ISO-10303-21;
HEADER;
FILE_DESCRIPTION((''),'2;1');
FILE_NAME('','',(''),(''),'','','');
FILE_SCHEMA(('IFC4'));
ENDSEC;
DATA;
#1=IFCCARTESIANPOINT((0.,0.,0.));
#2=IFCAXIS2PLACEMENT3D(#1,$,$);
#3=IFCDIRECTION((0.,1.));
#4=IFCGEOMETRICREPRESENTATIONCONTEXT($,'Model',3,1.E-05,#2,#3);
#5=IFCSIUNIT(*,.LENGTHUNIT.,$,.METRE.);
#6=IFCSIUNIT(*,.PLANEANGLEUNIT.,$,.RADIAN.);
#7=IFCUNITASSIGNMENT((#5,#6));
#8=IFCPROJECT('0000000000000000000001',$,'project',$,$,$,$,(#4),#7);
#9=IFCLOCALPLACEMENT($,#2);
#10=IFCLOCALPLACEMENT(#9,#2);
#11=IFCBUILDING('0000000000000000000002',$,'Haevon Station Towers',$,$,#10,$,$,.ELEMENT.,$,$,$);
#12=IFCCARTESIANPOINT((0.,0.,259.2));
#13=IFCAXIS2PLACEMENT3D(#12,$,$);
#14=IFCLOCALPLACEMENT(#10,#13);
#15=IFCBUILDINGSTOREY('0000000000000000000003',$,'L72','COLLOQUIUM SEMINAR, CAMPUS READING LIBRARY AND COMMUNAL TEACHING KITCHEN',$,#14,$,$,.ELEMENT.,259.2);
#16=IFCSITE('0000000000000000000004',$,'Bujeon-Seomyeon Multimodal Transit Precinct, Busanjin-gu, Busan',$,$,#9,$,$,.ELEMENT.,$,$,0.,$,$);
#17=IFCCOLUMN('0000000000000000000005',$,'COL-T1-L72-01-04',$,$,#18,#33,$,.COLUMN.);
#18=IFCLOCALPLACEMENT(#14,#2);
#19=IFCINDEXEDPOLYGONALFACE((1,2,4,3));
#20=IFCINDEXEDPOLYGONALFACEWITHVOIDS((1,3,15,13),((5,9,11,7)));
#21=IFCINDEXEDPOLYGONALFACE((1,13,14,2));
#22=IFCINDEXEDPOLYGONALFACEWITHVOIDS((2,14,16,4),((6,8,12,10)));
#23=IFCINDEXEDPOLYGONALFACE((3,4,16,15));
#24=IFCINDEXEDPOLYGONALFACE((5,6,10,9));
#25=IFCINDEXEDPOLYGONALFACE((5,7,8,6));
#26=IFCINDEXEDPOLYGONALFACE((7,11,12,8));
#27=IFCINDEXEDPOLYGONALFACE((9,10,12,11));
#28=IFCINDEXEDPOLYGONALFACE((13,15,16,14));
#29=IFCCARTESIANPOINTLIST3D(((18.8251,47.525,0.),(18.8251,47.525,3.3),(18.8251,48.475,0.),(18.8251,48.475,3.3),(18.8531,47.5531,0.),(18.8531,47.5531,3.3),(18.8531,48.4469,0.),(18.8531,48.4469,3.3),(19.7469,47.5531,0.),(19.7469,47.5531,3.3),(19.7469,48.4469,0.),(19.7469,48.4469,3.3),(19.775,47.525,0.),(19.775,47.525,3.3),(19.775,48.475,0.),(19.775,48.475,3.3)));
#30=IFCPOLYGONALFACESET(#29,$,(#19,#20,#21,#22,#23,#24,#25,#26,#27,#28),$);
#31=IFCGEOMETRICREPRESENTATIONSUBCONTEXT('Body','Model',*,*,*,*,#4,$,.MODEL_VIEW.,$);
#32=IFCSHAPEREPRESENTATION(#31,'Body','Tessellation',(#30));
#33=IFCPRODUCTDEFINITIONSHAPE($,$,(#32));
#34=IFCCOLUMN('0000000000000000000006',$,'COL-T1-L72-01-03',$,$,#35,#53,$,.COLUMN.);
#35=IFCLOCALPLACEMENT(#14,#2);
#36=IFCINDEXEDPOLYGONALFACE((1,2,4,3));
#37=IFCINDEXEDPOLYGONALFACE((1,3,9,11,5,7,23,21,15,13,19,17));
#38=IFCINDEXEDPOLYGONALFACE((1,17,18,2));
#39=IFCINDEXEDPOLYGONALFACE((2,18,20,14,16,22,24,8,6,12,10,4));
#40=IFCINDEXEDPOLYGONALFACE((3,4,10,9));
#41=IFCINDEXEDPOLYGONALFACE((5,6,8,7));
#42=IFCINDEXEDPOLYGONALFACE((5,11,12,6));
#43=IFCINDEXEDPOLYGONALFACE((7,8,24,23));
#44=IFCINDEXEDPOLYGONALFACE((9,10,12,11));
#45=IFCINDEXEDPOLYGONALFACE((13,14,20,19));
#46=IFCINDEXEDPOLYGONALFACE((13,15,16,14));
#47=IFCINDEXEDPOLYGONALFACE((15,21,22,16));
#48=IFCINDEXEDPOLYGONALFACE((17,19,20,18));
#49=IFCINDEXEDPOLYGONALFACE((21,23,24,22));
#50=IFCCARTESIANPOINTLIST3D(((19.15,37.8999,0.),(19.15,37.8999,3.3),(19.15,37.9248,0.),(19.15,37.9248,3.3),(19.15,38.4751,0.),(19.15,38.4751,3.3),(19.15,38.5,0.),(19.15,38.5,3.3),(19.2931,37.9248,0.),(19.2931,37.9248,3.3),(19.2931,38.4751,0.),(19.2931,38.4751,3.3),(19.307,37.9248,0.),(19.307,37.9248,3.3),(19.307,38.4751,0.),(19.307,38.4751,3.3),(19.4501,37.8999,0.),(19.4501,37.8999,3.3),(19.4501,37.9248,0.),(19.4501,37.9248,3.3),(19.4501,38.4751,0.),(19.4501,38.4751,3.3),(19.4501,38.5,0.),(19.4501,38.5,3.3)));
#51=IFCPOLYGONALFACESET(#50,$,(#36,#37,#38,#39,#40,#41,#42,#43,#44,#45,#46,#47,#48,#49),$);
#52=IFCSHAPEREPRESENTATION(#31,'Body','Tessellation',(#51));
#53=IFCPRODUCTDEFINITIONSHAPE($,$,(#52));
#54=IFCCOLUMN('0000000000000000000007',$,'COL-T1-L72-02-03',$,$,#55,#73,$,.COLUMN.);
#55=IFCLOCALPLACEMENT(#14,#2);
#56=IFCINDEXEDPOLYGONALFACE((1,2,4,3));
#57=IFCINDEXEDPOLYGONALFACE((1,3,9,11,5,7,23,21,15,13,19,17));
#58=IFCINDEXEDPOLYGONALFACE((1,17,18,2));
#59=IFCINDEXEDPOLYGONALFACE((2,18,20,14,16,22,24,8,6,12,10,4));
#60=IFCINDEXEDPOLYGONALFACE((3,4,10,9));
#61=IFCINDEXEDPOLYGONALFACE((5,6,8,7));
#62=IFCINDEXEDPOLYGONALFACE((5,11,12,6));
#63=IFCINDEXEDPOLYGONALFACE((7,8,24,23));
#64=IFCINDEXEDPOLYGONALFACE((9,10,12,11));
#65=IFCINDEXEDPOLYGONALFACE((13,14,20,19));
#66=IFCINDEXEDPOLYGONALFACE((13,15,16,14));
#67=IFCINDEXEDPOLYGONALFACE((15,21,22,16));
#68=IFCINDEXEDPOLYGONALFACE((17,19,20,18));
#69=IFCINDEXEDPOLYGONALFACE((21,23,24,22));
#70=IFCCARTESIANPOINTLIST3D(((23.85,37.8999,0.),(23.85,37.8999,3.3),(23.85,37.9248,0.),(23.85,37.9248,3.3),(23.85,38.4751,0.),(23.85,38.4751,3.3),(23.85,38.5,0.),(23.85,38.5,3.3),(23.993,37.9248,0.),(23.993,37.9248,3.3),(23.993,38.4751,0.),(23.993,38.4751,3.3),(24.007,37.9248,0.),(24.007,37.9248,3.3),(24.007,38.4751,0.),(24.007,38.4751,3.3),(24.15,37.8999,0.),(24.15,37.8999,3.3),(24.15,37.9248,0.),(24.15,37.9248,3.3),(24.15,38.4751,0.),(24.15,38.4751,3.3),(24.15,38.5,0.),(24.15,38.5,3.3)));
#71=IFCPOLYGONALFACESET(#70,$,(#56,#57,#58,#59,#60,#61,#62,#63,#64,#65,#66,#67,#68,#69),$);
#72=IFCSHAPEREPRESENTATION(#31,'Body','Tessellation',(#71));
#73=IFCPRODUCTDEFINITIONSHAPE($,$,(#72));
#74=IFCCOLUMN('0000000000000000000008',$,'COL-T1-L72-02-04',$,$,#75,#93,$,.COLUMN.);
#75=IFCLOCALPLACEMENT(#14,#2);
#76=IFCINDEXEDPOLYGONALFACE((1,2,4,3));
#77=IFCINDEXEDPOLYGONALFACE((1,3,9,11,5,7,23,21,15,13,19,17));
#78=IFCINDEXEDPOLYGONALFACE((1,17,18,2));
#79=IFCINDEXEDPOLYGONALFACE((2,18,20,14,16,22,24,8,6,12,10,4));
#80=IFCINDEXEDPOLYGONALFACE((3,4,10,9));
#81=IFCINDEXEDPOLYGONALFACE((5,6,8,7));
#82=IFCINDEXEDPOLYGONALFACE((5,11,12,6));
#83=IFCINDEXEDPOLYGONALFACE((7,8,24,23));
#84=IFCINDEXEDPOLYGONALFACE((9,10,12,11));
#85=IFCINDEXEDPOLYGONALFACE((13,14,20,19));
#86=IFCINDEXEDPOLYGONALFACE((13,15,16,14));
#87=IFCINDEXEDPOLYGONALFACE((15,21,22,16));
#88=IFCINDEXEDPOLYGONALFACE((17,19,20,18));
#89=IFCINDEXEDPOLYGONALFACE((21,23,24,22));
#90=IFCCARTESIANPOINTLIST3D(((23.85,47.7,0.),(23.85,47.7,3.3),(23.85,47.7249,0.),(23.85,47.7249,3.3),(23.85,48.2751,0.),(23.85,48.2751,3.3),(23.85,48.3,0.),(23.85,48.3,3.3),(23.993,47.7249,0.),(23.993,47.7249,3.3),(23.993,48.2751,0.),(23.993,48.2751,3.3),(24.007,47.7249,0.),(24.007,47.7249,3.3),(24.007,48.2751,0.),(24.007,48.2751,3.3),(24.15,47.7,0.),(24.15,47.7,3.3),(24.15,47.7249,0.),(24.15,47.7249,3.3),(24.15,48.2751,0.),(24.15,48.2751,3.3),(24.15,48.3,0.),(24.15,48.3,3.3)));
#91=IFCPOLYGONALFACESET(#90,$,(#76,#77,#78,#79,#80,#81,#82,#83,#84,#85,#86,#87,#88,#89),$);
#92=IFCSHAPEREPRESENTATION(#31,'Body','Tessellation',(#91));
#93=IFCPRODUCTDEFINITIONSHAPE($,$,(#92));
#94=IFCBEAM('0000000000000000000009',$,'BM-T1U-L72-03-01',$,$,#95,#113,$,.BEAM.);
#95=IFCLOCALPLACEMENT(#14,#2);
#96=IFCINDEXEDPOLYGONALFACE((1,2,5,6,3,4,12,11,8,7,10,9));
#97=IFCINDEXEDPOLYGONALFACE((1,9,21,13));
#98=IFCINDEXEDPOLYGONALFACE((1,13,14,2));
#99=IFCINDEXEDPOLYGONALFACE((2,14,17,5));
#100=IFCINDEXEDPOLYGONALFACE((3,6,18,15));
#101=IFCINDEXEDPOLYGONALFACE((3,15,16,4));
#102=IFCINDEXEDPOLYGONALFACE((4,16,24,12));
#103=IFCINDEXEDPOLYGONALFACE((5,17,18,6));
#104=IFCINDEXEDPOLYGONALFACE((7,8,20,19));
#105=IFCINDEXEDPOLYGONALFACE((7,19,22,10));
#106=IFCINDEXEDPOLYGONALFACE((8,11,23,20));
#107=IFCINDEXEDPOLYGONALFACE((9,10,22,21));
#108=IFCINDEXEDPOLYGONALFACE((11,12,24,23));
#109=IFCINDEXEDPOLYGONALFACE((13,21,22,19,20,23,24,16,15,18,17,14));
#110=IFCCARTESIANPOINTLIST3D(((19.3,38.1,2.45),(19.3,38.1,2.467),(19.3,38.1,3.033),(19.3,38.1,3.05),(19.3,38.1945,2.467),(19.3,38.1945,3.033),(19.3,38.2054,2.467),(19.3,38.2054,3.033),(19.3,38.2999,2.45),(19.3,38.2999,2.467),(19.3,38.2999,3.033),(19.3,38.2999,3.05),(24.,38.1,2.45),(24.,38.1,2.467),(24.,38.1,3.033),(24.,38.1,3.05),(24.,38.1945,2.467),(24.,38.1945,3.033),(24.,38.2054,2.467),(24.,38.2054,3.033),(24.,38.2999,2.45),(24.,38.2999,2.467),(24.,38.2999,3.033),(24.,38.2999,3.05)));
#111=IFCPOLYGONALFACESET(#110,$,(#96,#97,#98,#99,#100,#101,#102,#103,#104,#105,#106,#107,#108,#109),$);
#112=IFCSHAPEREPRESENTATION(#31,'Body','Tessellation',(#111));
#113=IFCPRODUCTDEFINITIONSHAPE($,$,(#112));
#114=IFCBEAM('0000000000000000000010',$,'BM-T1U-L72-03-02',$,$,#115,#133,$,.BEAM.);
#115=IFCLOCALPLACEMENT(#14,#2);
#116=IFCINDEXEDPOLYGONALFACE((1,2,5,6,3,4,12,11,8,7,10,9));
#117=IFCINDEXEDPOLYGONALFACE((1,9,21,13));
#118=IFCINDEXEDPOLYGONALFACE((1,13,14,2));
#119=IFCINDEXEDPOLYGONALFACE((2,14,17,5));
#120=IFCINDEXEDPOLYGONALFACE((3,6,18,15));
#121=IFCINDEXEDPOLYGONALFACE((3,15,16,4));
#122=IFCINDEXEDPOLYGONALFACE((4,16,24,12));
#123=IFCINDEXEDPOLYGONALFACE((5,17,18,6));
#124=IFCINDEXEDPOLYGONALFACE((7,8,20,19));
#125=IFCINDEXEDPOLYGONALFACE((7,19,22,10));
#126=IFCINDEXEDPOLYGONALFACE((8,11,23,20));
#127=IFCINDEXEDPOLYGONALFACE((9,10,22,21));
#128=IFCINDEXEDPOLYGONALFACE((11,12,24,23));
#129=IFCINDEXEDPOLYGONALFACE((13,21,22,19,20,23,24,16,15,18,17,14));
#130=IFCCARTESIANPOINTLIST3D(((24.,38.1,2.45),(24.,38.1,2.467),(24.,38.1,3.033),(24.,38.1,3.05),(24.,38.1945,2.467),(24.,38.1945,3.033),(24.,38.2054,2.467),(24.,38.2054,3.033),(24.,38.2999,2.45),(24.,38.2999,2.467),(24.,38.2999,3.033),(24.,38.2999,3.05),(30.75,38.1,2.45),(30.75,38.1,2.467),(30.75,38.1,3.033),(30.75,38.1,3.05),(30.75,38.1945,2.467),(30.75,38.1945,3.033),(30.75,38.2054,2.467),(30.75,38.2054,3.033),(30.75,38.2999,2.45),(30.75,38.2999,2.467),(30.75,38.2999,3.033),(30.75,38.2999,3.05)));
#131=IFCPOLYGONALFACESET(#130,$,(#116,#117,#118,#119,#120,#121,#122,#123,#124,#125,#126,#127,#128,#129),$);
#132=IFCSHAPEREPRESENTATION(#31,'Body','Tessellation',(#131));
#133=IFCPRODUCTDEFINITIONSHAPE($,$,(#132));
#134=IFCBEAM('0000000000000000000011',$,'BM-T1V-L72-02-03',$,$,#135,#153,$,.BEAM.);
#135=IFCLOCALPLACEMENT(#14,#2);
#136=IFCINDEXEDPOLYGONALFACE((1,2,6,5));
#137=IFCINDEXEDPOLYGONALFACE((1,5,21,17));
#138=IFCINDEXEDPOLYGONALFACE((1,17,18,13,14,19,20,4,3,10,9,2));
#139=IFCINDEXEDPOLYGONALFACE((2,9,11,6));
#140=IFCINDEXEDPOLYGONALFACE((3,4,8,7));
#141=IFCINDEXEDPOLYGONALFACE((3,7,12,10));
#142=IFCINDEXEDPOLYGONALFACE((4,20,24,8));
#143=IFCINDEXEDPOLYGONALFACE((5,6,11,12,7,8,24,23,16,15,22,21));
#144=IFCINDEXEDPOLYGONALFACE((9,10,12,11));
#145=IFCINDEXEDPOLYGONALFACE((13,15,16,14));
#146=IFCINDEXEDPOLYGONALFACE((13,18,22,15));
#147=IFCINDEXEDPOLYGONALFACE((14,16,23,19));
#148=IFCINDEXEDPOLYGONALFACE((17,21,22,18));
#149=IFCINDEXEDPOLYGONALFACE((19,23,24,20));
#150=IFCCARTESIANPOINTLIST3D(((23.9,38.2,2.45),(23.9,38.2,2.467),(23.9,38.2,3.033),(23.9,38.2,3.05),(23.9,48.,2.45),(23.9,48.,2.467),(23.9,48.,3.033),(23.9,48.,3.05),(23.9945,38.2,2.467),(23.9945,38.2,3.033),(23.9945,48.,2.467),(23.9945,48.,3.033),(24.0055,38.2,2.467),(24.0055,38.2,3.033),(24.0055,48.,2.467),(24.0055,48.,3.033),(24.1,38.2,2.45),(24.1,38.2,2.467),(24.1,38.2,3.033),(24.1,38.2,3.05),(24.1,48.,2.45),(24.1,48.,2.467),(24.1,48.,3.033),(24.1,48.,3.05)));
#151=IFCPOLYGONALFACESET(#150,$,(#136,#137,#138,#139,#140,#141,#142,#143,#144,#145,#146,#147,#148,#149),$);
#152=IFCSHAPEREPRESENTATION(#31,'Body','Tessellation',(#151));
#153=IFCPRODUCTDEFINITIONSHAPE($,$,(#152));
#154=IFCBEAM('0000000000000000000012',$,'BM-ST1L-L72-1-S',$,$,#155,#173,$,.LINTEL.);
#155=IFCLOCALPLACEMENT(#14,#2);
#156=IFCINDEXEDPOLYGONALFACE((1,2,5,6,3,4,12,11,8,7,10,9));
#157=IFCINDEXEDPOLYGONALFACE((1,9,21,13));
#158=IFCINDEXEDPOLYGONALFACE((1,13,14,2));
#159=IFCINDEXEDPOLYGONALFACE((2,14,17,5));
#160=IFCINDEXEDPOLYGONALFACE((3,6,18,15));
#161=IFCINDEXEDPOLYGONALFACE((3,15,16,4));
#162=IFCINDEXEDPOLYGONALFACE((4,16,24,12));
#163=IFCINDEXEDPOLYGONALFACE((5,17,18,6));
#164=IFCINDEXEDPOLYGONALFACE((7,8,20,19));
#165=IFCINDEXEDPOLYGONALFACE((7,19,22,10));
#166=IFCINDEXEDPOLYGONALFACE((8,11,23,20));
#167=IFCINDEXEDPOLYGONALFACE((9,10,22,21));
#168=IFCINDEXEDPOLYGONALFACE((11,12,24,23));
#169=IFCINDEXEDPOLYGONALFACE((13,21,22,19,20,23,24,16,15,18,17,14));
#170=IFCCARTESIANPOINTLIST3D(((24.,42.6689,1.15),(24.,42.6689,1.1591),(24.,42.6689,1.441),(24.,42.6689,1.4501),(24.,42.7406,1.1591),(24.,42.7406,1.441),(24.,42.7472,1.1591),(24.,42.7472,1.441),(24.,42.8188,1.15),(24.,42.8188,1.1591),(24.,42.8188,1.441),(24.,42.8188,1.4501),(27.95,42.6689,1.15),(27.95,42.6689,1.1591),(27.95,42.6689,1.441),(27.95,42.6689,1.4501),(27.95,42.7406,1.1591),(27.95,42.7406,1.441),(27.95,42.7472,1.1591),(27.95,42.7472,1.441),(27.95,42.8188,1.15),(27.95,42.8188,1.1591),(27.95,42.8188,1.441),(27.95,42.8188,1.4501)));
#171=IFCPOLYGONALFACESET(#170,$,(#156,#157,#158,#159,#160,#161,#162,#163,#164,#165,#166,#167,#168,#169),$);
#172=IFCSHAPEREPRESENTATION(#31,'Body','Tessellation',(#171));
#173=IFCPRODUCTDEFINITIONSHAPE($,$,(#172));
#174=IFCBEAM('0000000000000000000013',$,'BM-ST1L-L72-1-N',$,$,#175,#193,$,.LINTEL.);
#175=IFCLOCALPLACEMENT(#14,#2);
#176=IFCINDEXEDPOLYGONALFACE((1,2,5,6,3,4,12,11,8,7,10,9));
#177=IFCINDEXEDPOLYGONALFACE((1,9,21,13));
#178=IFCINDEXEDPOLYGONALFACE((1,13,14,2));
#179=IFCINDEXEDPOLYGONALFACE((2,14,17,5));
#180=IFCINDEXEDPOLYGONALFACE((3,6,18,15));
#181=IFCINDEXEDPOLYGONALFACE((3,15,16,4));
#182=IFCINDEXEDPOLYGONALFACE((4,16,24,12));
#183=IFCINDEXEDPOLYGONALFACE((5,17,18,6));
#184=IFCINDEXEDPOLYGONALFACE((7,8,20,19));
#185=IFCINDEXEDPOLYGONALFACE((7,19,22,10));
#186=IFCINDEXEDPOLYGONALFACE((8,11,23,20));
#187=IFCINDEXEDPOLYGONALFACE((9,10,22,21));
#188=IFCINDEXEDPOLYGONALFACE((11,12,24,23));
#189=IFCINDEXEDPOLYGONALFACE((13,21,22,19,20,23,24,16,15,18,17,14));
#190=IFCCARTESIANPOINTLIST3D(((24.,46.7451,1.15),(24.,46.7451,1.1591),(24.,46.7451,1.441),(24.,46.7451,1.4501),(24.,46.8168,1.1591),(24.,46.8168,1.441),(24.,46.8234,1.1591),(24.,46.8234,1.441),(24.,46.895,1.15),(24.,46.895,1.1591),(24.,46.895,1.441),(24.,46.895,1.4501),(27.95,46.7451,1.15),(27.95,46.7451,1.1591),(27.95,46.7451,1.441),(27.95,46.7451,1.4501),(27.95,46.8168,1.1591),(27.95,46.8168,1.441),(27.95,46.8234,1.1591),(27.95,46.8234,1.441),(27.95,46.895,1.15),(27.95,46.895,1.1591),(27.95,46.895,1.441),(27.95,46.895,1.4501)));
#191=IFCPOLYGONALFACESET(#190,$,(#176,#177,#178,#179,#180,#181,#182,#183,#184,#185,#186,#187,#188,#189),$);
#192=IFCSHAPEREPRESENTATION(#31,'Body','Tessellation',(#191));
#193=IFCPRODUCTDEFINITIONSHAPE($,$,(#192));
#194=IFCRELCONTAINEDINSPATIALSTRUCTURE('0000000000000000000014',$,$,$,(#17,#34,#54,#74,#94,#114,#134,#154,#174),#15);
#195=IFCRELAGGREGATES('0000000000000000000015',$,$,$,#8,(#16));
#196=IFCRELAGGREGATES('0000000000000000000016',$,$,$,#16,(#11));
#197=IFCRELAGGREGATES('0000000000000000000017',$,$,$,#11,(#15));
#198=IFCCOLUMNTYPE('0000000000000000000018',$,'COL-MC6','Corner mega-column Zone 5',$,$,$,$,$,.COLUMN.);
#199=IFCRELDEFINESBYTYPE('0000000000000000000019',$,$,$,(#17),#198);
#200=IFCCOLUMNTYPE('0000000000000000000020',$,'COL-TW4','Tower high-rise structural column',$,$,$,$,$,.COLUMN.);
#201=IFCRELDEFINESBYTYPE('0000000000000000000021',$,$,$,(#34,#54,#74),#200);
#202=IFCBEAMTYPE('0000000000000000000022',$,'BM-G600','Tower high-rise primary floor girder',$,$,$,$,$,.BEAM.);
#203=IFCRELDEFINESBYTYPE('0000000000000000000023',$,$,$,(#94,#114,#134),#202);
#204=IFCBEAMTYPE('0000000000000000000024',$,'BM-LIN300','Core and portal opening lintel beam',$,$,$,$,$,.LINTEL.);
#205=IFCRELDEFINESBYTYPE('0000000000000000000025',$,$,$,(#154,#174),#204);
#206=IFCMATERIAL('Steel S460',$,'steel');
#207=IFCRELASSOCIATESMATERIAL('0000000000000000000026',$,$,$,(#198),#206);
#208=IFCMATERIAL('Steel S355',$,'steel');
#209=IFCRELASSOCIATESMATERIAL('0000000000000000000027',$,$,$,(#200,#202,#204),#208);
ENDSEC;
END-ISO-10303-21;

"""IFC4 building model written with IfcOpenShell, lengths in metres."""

from ifc_helpers import new_model, si_unit, direction, frame, origin, origin_2d, place, context, subcontext, project, spatial, hollow_rectangle, i_section, extrude, material, material_profile, profile_set, type_object, element, save


model = new_model("IFC4")

# Units and contexts
model_context = context("Model", 3, precision=1e-05, world=origin(), true_north=direction((0.0, 1.0)))
body_context = subcontext(model_context, "Body", "Model", "MODEL_VIEW")
ifc_project = project(units=[si_unit("LENGTHUNIT", "METRE"), si_unit("PLANEANGLEUNIT", "RADIAN")], contexts=[model_context])

# Site, building, storey
site_placement = place(None, origin())
site = spatial("IfcSite", under=ifc_project, at=site_placement, Name="Bujeon-Seomyeon Multimodal Transit Precinct, Busanjin-gu, Busan", CompositionType="ELEMENT", RefElevation=0.0)
building_placement = place(site_placement, origin())
building = spatial("IfcBuilding", under=site, at=building_placement, Name="Haevon Station Towers", CompositionType="ELEMENT")
storey_placement = place(building_placement, frame((0.0, 0.0, 259.2)))
storey = spatial("IfcBuildingStorey", under=building, at=storey_placement, Name="L72", Description="COLLOQUIUM SEMINAR, CAMPUS READING LIBRARY AND COMMUNAL TEACHING KITCHEN", CompositionType="ELEMENT", Elevation=259.2)

# Columns
ifc_material_1 = material(Name="Steel S460", Category="steel")
ifc_material_profile_1 = material_profile(ifc_material_1, hollow_rectangle(XDim=0.95, YDim=0.95, WallThickness=0.0281, at=origin_2d()), Name="BOX-950x950x28")
ifc_profile_set_1 = profile_set([ifc_material_profile_1], Name="Steel S460")
column_type_1 = type_object("IfcColumnType", Name="COL-MC6", Description="Corner mega-column Zone 5", PredefinedType="COLUMN", material=ifc_profile_set_1)
column_placement = place(storey_placement, frame((19.3, 48.0, 0.0), z_axis=(0.0, 0.0, 1.0), x_axis=(1.0, 0.0, 0.0)))
element("IfcColumn", 1, at=column_placement, inside=storey, type_object=column_type_1, Name="COL-T1-L72-01-04", PredefinedType="COLUMN", context=body_context, shape_type="SweptSolid", body=[
    extrude(hollow_rectangle(XDim=0.95, YDim=0.95, WallThickness=0.0281, at=origin_2d()), origin(), (0.0, 0.0, 1.0), 3.3),
])
ifc_material_2 = material(Name="Steel S355", Category="steel")
ifc_material_profile_2 = material_profile(ifc_material_2, i_section(OverallWidth=0.3, OverallDepth=0.6001, WebThickness=0.0139, FlangeThickness=0.0249, at=origin_2d()), Name="H-600x300x14x25")
ifc_profile_set_2 = profile_set([ifc_material_profile_2], Name="Steel S355")
column_type_2 = type_object("IfcColumnType", Name="COL-TW4", Description="Tower high-rise structural column", PredefinedType="COLUMN", material=ifc_profile_set_2)
for number, where, z_axis, x_axis, name in (
    (2, (19.3, 38.2, 0.0), (0.0, 0.0, 1.0), (1.0, 0.0, 0.0), "COL-T1-L72-01-03"),
    (3, (24.0, 38.2, 0.0), (0.0, 0.0, 1.0), (1.0, 0.0, 0.0), "COL-T1-L72-02-03"),
    (4, (24.0, 48.0, 0.0), (0.0, 0.0, 1.0), (1.0, 0.0, 0.0), "COL-T1-L72-02-04"),
):
    element("IfcColumn", number, at=place(storey_placement, frame(where, z_axis=z_axis, x_axis=x_axis)), inside=storey, type_object=column_type_2, Name=name, PredefinedType="COLUMN", context=body_context, shape_type="SweptSolid", body=[
        extrude(i_section(OverallWidth=0.3, OverallDepth=0.6001, WebThickness=0.0139, FlangeThickness=0.0249, at=origin_2d()), origin(), (0.0, 0.0, 1.0), 3.3),
    ])

# Beams
ifc_material_profile_3 = material_profile(ifc_material_2, i_section(OverallWidth=0.2, OverallDepth=0.6001, WebThickness=0.011, FlangeThickness=0.0171, at=origin_2d()), Name="H-600x200x11x17")
ifc_profile_set_3 = profile_set([ifc_material_profile_3], Name="Steel S355")
beam_type_1 = type_object("IfcBeamType", Name="BM-G600", Description="Tower high-rise primary floor girder", PredefinedType="BEAM", material=ifc_profile_set_3)
beam_1_placement = place(storey_placement, frame((19.3, 38.2, 2.75), z_axis=(1.0, 0.0, 0.0), x_axis=(0.0, 1.0, 0.0)))
element("IfcBeam", 5, at=beam_1_placement, inside=storey, type_object=beam_type_1, Name="BM-T1U-L72-03-01", PredefinedType="BEAM", context=body_context, shape_type="SweptSolid", body=[
    extrude(i_section(OverallWidth=0.2, OverallDepth=0.6001, WebThickness=0.011, FlangeThickness=0.0171, at=origin_2d()), origin(), (0.0, 0.0, 1.0), 4.7),
])
beam_2_placement = place(storey_placement, frame((24.0, 38.2, 2.75), z_axis=(1.0, 0.0, 0.0), x_axis=(0.0, 1.0, 0.0)))
element("IfcBeam", 6, at=beam_2_placement, inside=storey, type_object=beam_type_1, Name="BM-T1U-L72-03-02", PredefinedType="BEAM", context=body_context, shape_type="SweptSolid", body=[
    extrude(i_section(OverallWidth=0.2, OverallDepth=0.6001, WebThickness=0.011, FlangeThickness=0.0171, at=origin_2d()), origin(), (0.0, 0.0, 1.0), 6.75),
])
beam_3_placement = place(storey_placement, frame((24.0, 38.2, 2.75), z_axis=(0.0, 1.0, 0.0), x_axis=(-1.0, 0.0, 0.0)))
element("IfcBeam", 7, at=beam_3_placement, inside=storey, type_object=beam_type_1, Name="BM-T1V-L72-02-03", PredefinedType="BEAM", context=body_context, shape_type="SweptSolid", body=[
    extrude(i_section(OverallWidth=0.2, OverallDepth=0.6001, WebThickness=0.011, FlangeThickness=0.0171, at=origin_2d()), origin(), (0.0, 0.0, 1.0), 9.8),
])
ifc_material_profile_4 = material_profile(ifc_material_2, i_section(OverallWidth=0.1499, OverallDepth=0.3, WebThickness=0.0066, FlangeThickness=0.009, at=origin_2d()), Name="H-300x150x6.5x9")
ifc_profile_set_4 = profile_set([ifc_material_profile_4], Name="Steel S355")
beam_type_2 = type_object("IfcBeamType", Name="BM-LIN300", Description="Core and portal opening lintel beam", PredefinedType="LINTEL", material=ifc_profile_set_4)
for number, where, z_axis, x_axis, name in (
    (8, (24.0, 42.7439, 1.3), (1.0, 0.0, 0.0), (0.0, 1.0, 0.0), "BM-ST1L-L72-1-S"),
    (9, (24.0, 46.8201, 1.3), (1.0, 0.0, 0.0), (0.0, 1.0, 0.0), "BM-ST1L-L72-1-N"),
):
    element("IfcBeam", number, at=place(storey_placement, frame(where, z_axis=z_axis, x_axis=x_axis)), inside=storey, type_object=beam_type_2, Name=name, PredefinedType="LINTEL", context=body_context, shape_type="SweptSolid", body=[
        extrude(i_section(OverallWidth=0.1499, OverallDepth=0.3, WebThickness=0.0066, FlangeThickness=0.009, at=origin_2d()), origin(), (0.0, 0.0, 1.0), 3.95),
    ])

save(model, "model.ifc")
